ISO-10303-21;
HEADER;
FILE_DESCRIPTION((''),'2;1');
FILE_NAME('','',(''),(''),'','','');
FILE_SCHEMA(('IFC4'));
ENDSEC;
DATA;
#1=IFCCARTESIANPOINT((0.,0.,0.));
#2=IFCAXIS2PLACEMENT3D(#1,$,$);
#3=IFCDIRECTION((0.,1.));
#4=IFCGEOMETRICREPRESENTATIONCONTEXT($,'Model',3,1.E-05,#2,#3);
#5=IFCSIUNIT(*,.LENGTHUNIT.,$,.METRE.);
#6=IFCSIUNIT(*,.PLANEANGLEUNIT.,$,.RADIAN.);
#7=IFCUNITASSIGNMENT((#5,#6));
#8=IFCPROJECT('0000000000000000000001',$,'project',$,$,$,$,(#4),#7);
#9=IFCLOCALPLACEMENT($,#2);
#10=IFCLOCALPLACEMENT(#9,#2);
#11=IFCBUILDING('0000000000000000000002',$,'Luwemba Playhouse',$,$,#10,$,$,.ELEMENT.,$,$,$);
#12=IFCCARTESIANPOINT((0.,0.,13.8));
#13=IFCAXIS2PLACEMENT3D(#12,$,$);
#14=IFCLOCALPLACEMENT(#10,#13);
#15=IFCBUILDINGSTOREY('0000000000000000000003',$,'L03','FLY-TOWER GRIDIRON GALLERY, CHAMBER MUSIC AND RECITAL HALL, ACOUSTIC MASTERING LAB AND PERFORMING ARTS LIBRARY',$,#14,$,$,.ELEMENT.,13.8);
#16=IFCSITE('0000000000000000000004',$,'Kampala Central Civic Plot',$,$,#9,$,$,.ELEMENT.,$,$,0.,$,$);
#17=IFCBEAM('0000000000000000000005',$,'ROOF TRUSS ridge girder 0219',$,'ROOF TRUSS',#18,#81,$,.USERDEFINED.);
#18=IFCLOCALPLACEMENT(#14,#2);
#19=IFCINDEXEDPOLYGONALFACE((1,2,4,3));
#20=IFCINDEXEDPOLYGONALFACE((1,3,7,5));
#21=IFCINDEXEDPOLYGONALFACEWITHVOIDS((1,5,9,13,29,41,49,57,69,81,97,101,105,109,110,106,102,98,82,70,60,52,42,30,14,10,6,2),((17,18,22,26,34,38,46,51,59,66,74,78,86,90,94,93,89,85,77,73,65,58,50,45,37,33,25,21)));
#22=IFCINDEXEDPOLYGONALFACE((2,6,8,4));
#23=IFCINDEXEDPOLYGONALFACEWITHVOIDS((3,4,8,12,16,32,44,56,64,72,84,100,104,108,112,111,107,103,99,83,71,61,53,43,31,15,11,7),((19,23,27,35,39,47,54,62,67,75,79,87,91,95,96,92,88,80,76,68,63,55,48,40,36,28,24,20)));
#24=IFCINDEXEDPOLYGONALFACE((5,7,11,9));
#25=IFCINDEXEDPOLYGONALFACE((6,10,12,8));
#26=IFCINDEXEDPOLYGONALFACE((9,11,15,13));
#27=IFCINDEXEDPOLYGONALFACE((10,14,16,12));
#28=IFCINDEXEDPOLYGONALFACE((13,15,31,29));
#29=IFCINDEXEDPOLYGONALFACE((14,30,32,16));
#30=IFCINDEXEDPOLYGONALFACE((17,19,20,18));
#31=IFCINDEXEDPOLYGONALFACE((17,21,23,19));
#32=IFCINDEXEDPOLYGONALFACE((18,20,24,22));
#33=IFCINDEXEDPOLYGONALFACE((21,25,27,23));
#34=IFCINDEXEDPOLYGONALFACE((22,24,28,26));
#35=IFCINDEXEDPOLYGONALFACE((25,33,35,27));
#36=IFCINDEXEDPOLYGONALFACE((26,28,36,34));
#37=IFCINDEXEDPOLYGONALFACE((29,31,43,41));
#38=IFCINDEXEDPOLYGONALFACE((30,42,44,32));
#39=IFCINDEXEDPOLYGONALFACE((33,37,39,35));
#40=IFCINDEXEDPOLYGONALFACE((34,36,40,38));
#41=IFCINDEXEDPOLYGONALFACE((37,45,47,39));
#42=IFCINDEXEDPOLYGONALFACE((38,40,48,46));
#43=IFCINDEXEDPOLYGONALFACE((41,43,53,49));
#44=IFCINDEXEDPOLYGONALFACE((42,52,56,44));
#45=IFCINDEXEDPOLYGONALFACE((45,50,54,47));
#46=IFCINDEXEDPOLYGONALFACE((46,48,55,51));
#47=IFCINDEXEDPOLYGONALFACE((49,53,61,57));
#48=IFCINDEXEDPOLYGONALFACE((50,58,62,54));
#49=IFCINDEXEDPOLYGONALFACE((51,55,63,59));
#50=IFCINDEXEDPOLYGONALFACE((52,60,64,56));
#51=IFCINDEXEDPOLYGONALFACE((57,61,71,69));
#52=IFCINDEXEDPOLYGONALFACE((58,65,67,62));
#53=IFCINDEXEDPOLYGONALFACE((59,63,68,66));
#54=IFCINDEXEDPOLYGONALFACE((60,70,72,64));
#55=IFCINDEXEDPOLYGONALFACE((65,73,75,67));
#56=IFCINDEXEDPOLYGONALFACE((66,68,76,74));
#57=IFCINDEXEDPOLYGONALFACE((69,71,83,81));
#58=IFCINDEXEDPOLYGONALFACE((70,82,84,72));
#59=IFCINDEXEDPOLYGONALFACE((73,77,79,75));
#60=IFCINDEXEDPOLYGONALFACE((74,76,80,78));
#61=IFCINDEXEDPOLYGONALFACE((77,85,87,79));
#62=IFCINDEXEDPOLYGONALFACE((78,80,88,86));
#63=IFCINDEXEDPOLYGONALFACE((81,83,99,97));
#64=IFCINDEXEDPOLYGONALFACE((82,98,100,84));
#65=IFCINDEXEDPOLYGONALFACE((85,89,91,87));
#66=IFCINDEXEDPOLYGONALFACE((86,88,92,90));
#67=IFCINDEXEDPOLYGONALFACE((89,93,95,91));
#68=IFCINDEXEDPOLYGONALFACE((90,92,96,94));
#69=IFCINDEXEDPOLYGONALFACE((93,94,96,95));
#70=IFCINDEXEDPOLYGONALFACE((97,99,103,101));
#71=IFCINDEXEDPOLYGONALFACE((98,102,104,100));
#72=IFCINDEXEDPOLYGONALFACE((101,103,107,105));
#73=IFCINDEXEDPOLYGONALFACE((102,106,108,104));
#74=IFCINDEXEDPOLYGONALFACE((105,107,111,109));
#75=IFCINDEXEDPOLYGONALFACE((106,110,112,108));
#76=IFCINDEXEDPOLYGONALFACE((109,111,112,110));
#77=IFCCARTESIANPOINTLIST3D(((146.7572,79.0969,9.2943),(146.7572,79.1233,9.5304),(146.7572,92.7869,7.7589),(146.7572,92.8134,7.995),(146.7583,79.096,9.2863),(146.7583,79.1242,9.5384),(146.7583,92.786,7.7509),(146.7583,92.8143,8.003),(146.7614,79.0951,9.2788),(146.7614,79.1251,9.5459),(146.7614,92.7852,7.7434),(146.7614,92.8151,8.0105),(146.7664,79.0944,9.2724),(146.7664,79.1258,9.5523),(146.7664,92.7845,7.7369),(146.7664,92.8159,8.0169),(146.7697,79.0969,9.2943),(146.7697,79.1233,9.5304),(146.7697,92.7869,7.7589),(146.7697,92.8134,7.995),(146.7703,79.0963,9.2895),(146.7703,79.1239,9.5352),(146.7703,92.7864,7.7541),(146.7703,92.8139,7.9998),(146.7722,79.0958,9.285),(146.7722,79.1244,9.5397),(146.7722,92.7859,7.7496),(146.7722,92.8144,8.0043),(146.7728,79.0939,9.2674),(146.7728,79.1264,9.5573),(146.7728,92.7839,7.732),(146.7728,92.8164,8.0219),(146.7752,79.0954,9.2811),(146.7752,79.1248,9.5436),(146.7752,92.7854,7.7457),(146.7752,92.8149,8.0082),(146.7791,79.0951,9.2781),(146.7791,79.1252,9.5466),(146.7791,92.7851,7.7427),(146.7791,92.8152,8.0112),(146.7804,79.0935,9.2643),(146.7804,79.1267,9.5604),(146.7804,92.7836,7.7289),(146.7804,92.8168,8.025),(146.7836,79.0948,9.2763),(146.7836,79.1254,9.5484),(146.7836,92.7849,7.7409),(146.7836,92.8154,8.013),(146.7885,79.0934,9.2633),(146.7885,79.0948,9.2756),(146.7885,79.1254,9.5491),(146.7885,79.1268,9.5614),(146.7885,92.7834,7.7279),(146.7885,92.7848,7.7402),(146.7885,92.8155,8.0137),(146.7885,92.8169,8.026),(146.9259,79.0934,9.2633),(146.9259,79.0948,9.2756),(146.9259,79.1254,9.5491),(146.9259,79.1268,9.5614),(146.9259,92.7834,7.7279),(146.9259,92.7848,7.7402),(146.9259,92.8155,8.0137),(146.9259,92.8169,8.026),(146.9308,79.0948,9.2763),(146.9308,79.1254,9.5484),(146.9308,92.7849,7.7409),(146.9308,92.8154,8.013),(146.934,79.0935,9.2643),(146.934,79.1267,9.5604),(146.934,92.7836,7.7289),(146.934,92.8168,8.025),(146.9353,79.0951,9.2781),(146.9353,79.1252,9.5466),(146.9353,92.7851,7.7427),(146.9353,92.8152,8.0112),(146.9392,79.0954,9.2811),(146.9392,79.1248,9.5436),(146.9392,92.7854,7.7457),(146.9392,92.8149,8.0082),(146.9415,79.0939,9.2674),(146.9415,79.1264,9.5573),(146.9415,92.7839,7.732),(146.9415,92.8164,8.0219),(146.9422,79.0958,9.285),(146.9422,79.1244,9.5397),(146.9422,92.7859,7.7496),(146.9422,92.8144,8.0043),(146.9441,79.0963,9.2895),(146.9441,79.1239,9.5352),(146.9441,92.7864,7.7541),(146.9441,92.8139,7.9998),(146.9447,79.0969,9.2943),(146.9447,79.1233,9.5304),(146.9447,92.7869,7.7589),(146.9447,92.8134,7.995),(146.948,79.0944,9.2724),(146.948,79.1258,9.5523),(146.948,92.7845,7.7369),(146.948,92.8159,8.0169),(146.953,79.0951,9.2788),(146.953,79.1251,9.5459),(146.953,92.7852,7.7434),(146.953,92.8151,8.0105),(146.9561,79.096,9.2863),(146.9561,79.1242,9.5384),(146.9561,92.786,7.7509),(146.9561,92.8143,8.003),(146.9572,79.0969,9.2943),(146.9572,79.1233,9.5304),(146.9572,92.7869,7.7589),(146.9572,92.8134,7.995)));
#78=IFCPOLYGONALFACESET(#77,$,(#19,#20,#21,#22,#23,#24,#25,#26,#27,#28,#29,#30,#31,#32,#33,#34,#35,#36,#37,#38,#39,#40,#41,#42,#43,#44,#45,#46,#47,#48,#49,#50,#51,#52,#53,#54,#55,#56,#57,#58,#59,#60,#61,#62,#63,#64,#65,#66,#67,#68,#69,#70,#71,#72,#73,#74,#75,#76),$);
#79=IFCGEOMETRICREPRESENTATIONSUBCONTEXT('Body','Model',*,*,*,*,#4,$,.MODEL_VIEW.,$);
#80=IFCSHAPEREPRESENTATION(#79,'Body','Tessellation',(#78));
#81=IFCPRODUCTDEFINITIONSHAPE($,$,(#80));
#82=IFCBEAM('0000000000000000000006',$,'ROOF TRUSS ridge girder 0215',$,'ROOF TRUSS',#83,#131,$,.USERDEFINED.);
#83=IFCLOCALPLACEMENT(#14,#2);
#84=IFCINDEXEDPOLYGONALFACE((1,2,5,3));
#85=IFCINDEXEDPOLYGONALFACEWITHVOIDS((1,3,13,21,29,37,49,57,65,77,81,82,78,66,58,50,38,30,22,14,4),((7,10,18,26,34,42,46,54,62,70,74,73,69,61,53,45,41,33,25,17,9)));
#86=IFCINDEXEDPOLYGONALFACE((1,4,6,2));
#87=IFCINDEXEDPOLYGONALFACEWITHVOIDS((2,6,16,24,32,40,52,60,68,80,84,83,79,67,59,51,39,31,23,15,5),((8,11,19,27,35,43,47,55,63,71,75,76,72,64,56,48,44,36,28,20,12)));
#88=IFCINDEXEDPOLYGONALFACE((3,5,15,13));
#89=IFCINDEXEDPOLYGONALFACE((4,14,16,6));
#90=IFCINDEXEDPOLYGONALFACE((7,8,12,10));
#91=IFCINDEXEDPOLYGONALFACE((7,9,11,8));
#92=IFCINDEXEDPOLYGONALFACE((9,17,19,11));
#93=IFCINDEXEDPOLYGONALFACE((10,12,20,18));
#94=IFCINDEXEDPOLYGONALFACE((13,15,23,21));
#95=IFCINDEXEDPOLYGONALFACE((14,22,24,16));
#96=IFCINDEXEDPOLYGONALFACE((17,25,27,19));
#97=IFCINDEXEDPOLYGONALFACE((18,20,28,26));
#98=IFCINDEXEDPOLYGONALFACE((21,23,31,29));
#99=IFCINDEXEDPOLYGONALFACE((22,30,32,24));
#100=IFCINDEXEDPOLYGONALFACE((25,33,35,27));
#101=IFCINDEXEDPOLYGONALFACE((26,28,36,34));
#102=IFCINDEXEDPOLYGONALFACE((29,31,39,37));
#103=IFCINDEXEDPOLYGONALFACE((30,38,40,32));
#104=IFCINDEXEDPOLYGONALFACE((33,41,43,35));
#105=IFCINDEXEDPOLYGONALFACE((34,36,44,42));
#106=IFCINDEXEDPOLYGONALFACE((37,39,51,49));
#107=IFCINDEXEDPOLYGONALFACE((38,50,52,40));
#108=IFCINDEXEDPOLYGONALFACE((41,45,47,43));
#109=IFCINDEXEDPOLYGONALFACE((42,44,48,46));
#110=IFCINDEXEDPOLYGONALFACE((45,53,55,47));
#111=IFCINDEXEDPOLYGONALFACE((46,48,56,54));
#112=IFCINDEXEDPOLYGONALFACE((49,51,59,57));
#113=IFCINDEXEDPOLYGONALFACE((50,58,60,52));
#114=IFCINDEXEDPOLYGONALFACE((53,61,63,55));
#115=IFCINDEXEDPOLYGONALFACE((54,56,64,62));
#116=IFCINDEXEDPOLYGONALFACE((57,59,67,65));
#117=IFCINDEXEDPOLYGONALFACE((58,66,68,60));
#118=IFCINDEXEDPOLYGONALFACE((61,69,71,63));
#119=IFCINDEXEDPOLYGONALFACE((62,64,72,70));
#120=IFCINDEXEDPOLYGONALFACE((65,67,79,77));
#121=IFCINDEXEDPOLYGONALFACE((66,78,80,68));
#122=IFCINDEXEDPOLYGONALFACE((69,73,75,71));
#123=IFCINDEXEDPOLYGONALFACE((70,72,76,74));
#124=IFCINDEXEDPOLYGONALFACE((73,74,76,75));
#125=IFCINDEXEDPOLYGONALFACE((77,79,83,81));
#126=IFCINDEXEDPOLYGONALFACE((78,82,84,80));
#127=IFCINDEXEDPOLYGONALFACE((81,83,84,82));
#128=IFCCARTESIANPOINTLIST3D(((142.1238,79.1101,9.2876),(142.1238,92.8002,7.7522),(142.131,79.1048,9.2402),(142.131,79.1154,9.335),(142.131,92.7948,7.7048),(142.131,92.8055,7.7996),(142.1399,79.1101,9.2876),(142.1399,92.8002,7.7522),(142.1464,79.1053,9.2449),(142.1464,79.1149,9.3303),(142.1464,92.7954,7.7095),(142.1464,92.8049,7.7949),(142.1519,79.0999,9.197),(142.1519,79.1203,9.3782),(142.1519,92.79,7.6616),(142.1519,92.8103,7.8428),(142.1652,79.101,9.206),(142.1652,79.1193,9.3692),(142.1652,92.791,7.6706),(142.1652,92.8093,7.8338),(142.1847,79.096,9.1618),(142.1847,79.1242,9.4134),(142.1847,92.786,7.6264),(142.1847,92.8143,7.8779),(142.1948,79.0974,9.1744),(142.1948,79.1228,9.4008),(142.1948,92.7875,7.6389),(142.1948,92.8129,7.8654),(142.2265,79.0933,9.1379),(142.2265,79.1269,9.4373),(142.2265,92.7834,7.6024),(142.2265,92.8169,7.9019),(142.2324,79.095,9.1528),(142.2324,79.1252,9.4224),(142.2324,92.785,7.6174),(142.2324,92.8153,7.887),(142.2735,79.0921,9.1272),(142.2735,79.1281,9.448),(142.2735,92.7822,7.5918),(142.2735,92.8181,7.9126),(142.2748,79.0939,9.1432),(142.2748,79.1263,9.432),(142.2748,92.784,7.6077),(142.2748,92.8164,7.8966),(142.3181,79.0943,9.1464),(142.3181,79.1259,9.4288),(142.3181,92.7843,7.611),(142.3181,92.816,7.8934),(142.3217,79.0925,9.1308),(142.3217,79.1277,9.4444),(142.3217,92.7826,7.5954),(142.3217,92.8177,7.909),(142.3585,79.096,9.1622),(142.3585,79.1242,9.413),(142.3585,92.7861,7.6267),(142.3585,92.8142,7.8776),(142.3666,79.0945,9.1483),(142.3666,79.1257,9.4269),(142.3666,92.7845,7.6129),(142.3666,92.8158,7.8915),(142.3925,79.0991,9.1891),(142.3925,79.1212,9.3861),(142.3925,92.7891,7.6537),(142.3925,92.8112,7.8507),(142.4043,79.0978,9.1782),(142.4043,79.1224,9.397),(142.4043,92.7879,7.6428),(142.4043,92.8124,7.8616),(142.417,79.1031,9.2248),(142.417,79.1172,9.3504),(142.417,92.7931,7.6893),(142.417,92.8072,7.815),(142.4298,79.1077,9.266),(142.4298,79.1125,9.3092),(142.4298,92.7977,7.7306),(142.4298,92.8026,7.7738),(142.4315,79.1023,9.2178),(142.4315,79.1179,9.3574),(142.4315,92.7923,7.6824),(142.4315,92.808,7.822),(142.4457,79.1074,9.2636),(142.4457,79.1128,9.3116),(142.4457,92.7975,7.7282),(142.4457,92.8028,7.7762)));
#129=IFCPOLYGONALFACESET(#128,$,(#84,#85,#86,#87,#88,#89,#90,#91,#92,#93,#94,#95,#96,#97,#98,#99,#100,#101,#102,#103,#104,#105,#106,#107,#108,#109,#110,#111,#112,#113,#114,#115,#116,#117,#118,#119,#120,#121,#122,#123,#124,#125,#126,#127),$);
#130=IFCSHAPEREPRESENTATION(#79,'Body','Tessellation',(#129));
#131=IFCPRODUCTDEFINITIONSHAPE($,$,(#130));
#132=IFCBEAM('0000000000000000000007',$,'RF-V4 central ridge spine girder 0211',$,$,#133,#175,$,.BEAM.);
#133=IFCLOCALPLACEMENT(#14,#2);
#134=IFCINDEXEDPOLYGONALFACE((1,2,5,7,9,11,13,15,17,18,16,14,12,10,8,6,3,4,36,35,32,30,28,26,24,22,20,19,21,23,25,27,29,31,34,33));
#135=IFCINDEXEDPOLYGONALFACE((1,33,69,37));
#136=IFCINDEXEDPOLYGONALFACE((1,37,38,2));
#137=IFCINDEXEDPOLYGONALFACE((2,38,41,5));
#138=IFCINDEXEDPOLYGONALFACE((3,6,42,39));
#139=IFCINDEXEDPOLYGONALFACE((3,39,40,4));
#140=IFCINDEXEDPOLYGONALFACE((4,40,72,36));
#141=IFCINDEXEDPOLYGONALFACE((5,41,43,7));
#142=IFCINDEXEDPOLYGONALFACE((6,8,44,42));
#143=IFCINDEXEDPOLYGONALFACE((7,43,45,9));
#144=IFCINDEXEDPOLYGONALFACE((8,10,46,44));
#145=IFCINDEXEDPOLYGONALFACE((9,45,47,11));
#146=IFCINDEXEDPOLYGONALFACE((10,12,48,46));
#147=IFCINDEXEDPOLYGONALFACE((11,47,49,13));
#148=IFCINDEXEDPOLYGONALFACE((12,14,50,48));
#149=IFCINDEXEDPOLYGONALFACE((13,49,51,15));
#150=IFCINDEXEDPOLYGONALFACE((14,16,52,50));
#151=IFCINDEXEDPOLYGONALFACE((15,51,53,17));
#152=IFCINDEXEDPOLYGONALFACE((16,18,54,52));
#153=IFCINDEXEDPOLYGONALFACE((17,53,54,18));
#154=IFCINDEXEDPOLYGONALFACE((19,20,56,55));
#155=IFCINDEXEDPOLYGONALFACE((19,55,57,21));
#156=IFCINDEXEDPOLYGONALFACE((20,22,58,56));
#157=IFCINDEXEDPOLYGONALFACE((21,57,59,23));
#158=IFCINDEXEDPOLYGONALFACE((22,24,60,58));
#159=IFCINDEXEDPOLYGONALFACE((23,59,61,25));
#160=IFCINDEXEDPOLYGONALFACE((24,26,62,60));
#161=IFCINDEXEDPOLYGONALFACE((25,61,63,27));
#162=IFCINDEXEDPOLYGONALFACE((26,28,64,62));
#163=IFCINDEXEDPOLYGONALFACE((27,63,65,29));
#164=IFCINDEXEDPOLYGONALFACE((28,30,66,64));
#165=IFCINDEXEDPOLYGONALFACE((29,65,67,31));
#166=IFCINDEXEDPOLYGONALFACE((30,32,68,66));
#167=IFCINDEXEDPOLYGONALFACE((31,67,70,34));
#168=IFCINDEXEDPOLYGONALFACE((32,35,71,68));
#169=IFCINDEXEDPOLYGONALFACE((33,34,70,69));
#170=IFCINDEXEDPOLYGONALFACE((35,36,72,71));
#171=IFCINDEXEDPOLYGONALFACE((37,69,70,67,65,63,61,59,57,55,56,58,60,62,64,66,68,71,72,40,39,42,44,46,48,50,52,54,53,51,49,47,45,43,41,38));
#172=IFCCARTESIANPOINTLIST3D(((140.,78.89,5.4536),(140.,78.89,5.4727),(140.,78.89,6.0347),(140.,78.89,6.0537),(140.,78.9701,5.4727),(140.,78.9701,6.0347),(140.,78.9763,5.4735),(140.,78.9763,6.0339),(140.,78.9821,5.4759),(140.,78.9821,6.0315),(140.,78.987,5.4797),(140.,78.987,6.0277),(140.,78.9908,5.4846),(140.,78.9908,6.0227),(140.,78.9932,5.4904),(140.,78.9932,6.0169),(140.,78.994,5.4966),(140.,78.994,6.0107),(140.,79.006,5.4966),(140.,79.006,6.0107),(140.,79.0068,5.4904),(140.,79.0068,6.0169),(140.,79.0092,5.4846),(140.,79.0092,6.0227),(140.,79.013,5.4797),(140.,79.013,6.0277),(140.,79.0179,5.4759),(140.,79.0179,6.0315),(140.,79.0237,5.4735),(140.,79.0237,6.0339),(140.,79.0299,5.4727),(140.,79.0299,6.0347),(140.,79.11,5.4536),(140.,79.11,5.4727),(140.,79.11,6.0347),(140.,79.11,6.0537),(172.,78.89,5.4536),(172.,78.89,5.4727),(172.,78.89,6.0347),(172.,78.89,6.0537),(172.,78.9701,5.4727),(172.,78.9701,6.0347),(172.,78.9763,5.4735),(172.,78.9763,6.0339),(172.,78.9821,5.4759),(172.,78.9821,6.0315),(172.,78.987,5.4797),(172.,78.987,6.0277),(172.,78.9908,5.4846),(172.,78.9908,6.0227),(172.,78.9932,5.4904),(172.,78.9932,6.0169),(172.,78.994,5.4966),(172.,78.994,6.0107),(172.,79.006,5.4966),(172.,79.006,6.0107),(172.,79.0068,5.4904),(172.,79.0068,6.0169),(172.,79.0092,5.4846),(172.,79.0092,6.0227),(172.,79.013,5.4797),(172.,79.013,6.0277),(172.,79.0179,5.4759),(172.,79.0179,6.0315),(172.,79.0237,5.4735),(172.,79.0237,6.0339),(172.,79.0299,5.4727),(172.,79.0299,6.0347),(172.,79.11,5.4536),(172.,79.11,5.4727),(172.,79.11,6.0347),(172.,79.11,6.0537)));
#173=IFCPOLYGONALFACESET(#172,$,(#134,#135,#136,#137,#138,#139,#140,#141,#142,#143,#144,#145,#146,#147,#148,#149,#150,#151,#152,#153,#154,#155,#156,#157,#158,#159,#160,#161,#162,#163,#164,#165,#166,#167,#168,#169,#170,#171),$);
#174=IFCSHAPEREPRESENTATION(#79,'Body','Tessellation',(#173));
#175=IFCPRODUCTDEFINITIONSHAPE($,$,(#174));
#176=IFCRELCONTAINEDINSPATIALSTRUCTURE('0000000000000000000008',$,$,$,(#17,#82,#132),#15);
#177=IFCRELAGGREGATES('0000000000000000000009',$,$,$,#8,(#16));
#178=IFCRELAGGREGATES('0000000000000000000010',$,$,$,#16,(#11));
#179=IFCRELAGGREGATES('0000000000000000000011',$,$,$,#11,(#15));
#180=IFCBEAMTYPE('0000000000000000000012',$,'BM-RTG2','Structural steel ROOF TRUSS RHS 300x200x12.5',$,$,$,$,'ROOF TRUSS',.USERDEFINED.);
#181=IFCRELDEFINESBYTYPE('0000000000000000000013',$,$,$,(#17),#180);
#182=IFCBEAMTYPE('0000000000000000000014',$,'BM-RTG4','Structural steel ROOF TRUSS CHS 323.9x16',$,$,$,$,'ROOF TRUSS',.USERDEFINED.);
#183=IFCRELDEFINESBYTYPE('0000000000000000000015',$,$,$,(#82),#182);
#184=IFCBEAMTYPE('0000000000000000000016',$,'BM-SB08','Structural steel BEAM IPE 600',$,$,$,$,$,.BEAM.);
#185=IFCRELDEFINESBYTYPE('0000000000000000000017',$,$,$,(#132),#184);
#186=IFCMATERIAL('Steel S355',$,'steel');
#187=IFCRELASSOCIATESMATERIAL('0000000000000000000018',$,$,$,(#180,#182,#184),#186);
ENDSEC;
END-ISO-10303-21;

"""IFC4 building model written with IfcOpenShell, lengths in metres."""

from ifc_helpers import new_model, si_unit, direction, frame, origin, origin_2d, place, context, subcontext, project, spatial, hollow_rectangle, hollow_circle, i_section, extrude, material, material_profile, profile_set, type_object, element, save


model = new_model("IFC4")

# Units and contexts
model_context = context("Model", 3, precision=1e-05, world=origin(), true_north=direction((0.0, 1.0)))
body_context = subcontext(model_context, "Body", "Model", "MODEL_VIEW")
ifc_project = project(units=[si_unit("LENGTHUNIT", "METRE"), si_unit("PLANEANGLEUNIT", "RADIAN")], contexts=[model_context])

# Site, building, storey
site_placement = place(None, origin())
site = spatial("IfcSite", under=ifc_project, at=site_placement, Name="Kampala Central Civic Plot", CompositionType="ELEMENT", RefElevation=0.0)
building_placement = place(site_placement, origin())
building = spatial("IfcBuilding", under=site, at=building_placement, Name="Luwemba Playhouse", CompositionType="ELEMENT")
storey_placement = place(building_placement, frame((0.0, 0.0, 13.8)))
storey = spatial("IfcBuildingStorey", under=building, at=storey_placement, Name="L03", Description="FLY-TOWER GRIDIRON GALLERY, CHAMBER MUSIC AND RECITAL HALL, ACOUSTIC MASTERING LAB AND PERFORMING ARTS LIBRARY", CompositionType="ELEMENT", Elevation=13.8)

# Beams
ifc_material_1 = material(Name="Steel S355", Category="steel")
ifc_material_profile_1 = material_profile(ifc_material_1, hollow_rectangle(XDim=0.2, YDim=0.3, WallThickness=0.0125, InnerFilletRadius=0.0188, OuterFilletRadius=0.0312, at=origin_2d()))
ifc_profile_set_1 = profile_set([ifc_material_profile_1], Name="Steel S355")
beam_type_1 = type_object("IfcBeamType", Name="BM-RTG2", Description="Structural steel ROOF TRUSS RHS 300x200x12.5", ElementType="ROOF TRUSS", PredefinedType="USERDEFINED", material=ifc_profile_set_1)
beam_1_placement = place(storey_placement, frame((146.8572, 79.1101, 9.4124), z_axis=(0.0, 0.993769, -0.111457), x_axis=(-1.0, 0.0, 0.0)))
element("IfcBeam", 1, at=beam_1_placement, inside=storey, type_object=beam_type_1, Name="ROOF TRUSS ridge girder 0219", ObjectType="ROOF TRUSS", PredefinedType="USERDEFINED", context=body_context, shape_type="SweptSolid", body=[
    extrude(hollow_rectangle(XDim=0.2, YDim=0.3, WallThickness=0.0125, InnerFilletRadius=0.0188, OuterFilletRadius=0.0312, at=origin_2d()), origin(), (0.0, 0.0, 1.0), 13.7759),
])
ifc_material_profile_2 = material_profile(ifc_material_1, hollow_circle(Radius=0.1619, WallThickness=0.0161, at=origin_2d()))
ifc_profile_set_2 = profile_set([ifc_material_profile_2], Name="Steel S355")
beam_type_2 = type_object("IfcBeamType", Name="BM-RTG4", Description="Structural steel ROOF TRUSS CHS 323.9x16", ElementType="ROOF TRUSS", PredefinedType="USERDEFINED", material=ifc_profile_set_2)
beam_2_placement = place(storey_placement, frame((142.2856, 79.1101, 9.2876), z_axis=(0.0, 0.993769, -0.111457), x_axis=(-1.0, 0.0, 0.0)))
element("IfcBeam", 2, at=beam_2_placement, inside=storey, type_object=beam_type_2, Name="ROOF TRUSS ridge girder 0215", ObjectType="ROOF TRUSS", PredefinedType="USERDEFINED", context=body_context, shape_type="SweptSolid", body=[
    extrude(hollow_circle(Radius=0.1619, WallThickness=0.0161, at=origin_2d()), origin(), (0.0, 0.0, 1.0), 13.7759),
])
ifc_material_profile_3 = material_profile(ifc_material_1, i_section(OverallWidth=0.22, OverallDepth=0.6001, WebThickness=0.012, FlangeThickness=0.019, FilletRadius=0.0239, at=origin_2d()))
ifc_profile_set_3 = profile_set([ifc_material_profile_3], Name="Steel S355")
beam_type_3 = type_object("IfcBeamType", Name="BM-SB08", Description="Structural steel BEAM IPE 600", PredefinedType="BEAM", material=ifc_profile_set_3)
beam_3_placement = place(storey_placement, frame((140.0, 79.0, 5.7537), z_axis=(1.0, 0.0, 0.0), x_axis=(0.0, 1.0, 0.0)))
element("IfcBeam", 3, at=beam_3_placement, inside=storey, type_object=beam_type_3, Name="RF-V4 central ridge spine girder 0211", PredefinedType="BEAM", context=body_context, shape_type="SweptSolid", body=[
    extrude(i_section(OverallWidth=0.22, OverallDepth=0.6001, WebThickness=0.012, FlangeThickness=0.019, FilletRadius=0.0239, at=origin_2d()), origin(), (0.0, 0.0, 1.0), 32.0),
])

save(model, "model.ifc")
